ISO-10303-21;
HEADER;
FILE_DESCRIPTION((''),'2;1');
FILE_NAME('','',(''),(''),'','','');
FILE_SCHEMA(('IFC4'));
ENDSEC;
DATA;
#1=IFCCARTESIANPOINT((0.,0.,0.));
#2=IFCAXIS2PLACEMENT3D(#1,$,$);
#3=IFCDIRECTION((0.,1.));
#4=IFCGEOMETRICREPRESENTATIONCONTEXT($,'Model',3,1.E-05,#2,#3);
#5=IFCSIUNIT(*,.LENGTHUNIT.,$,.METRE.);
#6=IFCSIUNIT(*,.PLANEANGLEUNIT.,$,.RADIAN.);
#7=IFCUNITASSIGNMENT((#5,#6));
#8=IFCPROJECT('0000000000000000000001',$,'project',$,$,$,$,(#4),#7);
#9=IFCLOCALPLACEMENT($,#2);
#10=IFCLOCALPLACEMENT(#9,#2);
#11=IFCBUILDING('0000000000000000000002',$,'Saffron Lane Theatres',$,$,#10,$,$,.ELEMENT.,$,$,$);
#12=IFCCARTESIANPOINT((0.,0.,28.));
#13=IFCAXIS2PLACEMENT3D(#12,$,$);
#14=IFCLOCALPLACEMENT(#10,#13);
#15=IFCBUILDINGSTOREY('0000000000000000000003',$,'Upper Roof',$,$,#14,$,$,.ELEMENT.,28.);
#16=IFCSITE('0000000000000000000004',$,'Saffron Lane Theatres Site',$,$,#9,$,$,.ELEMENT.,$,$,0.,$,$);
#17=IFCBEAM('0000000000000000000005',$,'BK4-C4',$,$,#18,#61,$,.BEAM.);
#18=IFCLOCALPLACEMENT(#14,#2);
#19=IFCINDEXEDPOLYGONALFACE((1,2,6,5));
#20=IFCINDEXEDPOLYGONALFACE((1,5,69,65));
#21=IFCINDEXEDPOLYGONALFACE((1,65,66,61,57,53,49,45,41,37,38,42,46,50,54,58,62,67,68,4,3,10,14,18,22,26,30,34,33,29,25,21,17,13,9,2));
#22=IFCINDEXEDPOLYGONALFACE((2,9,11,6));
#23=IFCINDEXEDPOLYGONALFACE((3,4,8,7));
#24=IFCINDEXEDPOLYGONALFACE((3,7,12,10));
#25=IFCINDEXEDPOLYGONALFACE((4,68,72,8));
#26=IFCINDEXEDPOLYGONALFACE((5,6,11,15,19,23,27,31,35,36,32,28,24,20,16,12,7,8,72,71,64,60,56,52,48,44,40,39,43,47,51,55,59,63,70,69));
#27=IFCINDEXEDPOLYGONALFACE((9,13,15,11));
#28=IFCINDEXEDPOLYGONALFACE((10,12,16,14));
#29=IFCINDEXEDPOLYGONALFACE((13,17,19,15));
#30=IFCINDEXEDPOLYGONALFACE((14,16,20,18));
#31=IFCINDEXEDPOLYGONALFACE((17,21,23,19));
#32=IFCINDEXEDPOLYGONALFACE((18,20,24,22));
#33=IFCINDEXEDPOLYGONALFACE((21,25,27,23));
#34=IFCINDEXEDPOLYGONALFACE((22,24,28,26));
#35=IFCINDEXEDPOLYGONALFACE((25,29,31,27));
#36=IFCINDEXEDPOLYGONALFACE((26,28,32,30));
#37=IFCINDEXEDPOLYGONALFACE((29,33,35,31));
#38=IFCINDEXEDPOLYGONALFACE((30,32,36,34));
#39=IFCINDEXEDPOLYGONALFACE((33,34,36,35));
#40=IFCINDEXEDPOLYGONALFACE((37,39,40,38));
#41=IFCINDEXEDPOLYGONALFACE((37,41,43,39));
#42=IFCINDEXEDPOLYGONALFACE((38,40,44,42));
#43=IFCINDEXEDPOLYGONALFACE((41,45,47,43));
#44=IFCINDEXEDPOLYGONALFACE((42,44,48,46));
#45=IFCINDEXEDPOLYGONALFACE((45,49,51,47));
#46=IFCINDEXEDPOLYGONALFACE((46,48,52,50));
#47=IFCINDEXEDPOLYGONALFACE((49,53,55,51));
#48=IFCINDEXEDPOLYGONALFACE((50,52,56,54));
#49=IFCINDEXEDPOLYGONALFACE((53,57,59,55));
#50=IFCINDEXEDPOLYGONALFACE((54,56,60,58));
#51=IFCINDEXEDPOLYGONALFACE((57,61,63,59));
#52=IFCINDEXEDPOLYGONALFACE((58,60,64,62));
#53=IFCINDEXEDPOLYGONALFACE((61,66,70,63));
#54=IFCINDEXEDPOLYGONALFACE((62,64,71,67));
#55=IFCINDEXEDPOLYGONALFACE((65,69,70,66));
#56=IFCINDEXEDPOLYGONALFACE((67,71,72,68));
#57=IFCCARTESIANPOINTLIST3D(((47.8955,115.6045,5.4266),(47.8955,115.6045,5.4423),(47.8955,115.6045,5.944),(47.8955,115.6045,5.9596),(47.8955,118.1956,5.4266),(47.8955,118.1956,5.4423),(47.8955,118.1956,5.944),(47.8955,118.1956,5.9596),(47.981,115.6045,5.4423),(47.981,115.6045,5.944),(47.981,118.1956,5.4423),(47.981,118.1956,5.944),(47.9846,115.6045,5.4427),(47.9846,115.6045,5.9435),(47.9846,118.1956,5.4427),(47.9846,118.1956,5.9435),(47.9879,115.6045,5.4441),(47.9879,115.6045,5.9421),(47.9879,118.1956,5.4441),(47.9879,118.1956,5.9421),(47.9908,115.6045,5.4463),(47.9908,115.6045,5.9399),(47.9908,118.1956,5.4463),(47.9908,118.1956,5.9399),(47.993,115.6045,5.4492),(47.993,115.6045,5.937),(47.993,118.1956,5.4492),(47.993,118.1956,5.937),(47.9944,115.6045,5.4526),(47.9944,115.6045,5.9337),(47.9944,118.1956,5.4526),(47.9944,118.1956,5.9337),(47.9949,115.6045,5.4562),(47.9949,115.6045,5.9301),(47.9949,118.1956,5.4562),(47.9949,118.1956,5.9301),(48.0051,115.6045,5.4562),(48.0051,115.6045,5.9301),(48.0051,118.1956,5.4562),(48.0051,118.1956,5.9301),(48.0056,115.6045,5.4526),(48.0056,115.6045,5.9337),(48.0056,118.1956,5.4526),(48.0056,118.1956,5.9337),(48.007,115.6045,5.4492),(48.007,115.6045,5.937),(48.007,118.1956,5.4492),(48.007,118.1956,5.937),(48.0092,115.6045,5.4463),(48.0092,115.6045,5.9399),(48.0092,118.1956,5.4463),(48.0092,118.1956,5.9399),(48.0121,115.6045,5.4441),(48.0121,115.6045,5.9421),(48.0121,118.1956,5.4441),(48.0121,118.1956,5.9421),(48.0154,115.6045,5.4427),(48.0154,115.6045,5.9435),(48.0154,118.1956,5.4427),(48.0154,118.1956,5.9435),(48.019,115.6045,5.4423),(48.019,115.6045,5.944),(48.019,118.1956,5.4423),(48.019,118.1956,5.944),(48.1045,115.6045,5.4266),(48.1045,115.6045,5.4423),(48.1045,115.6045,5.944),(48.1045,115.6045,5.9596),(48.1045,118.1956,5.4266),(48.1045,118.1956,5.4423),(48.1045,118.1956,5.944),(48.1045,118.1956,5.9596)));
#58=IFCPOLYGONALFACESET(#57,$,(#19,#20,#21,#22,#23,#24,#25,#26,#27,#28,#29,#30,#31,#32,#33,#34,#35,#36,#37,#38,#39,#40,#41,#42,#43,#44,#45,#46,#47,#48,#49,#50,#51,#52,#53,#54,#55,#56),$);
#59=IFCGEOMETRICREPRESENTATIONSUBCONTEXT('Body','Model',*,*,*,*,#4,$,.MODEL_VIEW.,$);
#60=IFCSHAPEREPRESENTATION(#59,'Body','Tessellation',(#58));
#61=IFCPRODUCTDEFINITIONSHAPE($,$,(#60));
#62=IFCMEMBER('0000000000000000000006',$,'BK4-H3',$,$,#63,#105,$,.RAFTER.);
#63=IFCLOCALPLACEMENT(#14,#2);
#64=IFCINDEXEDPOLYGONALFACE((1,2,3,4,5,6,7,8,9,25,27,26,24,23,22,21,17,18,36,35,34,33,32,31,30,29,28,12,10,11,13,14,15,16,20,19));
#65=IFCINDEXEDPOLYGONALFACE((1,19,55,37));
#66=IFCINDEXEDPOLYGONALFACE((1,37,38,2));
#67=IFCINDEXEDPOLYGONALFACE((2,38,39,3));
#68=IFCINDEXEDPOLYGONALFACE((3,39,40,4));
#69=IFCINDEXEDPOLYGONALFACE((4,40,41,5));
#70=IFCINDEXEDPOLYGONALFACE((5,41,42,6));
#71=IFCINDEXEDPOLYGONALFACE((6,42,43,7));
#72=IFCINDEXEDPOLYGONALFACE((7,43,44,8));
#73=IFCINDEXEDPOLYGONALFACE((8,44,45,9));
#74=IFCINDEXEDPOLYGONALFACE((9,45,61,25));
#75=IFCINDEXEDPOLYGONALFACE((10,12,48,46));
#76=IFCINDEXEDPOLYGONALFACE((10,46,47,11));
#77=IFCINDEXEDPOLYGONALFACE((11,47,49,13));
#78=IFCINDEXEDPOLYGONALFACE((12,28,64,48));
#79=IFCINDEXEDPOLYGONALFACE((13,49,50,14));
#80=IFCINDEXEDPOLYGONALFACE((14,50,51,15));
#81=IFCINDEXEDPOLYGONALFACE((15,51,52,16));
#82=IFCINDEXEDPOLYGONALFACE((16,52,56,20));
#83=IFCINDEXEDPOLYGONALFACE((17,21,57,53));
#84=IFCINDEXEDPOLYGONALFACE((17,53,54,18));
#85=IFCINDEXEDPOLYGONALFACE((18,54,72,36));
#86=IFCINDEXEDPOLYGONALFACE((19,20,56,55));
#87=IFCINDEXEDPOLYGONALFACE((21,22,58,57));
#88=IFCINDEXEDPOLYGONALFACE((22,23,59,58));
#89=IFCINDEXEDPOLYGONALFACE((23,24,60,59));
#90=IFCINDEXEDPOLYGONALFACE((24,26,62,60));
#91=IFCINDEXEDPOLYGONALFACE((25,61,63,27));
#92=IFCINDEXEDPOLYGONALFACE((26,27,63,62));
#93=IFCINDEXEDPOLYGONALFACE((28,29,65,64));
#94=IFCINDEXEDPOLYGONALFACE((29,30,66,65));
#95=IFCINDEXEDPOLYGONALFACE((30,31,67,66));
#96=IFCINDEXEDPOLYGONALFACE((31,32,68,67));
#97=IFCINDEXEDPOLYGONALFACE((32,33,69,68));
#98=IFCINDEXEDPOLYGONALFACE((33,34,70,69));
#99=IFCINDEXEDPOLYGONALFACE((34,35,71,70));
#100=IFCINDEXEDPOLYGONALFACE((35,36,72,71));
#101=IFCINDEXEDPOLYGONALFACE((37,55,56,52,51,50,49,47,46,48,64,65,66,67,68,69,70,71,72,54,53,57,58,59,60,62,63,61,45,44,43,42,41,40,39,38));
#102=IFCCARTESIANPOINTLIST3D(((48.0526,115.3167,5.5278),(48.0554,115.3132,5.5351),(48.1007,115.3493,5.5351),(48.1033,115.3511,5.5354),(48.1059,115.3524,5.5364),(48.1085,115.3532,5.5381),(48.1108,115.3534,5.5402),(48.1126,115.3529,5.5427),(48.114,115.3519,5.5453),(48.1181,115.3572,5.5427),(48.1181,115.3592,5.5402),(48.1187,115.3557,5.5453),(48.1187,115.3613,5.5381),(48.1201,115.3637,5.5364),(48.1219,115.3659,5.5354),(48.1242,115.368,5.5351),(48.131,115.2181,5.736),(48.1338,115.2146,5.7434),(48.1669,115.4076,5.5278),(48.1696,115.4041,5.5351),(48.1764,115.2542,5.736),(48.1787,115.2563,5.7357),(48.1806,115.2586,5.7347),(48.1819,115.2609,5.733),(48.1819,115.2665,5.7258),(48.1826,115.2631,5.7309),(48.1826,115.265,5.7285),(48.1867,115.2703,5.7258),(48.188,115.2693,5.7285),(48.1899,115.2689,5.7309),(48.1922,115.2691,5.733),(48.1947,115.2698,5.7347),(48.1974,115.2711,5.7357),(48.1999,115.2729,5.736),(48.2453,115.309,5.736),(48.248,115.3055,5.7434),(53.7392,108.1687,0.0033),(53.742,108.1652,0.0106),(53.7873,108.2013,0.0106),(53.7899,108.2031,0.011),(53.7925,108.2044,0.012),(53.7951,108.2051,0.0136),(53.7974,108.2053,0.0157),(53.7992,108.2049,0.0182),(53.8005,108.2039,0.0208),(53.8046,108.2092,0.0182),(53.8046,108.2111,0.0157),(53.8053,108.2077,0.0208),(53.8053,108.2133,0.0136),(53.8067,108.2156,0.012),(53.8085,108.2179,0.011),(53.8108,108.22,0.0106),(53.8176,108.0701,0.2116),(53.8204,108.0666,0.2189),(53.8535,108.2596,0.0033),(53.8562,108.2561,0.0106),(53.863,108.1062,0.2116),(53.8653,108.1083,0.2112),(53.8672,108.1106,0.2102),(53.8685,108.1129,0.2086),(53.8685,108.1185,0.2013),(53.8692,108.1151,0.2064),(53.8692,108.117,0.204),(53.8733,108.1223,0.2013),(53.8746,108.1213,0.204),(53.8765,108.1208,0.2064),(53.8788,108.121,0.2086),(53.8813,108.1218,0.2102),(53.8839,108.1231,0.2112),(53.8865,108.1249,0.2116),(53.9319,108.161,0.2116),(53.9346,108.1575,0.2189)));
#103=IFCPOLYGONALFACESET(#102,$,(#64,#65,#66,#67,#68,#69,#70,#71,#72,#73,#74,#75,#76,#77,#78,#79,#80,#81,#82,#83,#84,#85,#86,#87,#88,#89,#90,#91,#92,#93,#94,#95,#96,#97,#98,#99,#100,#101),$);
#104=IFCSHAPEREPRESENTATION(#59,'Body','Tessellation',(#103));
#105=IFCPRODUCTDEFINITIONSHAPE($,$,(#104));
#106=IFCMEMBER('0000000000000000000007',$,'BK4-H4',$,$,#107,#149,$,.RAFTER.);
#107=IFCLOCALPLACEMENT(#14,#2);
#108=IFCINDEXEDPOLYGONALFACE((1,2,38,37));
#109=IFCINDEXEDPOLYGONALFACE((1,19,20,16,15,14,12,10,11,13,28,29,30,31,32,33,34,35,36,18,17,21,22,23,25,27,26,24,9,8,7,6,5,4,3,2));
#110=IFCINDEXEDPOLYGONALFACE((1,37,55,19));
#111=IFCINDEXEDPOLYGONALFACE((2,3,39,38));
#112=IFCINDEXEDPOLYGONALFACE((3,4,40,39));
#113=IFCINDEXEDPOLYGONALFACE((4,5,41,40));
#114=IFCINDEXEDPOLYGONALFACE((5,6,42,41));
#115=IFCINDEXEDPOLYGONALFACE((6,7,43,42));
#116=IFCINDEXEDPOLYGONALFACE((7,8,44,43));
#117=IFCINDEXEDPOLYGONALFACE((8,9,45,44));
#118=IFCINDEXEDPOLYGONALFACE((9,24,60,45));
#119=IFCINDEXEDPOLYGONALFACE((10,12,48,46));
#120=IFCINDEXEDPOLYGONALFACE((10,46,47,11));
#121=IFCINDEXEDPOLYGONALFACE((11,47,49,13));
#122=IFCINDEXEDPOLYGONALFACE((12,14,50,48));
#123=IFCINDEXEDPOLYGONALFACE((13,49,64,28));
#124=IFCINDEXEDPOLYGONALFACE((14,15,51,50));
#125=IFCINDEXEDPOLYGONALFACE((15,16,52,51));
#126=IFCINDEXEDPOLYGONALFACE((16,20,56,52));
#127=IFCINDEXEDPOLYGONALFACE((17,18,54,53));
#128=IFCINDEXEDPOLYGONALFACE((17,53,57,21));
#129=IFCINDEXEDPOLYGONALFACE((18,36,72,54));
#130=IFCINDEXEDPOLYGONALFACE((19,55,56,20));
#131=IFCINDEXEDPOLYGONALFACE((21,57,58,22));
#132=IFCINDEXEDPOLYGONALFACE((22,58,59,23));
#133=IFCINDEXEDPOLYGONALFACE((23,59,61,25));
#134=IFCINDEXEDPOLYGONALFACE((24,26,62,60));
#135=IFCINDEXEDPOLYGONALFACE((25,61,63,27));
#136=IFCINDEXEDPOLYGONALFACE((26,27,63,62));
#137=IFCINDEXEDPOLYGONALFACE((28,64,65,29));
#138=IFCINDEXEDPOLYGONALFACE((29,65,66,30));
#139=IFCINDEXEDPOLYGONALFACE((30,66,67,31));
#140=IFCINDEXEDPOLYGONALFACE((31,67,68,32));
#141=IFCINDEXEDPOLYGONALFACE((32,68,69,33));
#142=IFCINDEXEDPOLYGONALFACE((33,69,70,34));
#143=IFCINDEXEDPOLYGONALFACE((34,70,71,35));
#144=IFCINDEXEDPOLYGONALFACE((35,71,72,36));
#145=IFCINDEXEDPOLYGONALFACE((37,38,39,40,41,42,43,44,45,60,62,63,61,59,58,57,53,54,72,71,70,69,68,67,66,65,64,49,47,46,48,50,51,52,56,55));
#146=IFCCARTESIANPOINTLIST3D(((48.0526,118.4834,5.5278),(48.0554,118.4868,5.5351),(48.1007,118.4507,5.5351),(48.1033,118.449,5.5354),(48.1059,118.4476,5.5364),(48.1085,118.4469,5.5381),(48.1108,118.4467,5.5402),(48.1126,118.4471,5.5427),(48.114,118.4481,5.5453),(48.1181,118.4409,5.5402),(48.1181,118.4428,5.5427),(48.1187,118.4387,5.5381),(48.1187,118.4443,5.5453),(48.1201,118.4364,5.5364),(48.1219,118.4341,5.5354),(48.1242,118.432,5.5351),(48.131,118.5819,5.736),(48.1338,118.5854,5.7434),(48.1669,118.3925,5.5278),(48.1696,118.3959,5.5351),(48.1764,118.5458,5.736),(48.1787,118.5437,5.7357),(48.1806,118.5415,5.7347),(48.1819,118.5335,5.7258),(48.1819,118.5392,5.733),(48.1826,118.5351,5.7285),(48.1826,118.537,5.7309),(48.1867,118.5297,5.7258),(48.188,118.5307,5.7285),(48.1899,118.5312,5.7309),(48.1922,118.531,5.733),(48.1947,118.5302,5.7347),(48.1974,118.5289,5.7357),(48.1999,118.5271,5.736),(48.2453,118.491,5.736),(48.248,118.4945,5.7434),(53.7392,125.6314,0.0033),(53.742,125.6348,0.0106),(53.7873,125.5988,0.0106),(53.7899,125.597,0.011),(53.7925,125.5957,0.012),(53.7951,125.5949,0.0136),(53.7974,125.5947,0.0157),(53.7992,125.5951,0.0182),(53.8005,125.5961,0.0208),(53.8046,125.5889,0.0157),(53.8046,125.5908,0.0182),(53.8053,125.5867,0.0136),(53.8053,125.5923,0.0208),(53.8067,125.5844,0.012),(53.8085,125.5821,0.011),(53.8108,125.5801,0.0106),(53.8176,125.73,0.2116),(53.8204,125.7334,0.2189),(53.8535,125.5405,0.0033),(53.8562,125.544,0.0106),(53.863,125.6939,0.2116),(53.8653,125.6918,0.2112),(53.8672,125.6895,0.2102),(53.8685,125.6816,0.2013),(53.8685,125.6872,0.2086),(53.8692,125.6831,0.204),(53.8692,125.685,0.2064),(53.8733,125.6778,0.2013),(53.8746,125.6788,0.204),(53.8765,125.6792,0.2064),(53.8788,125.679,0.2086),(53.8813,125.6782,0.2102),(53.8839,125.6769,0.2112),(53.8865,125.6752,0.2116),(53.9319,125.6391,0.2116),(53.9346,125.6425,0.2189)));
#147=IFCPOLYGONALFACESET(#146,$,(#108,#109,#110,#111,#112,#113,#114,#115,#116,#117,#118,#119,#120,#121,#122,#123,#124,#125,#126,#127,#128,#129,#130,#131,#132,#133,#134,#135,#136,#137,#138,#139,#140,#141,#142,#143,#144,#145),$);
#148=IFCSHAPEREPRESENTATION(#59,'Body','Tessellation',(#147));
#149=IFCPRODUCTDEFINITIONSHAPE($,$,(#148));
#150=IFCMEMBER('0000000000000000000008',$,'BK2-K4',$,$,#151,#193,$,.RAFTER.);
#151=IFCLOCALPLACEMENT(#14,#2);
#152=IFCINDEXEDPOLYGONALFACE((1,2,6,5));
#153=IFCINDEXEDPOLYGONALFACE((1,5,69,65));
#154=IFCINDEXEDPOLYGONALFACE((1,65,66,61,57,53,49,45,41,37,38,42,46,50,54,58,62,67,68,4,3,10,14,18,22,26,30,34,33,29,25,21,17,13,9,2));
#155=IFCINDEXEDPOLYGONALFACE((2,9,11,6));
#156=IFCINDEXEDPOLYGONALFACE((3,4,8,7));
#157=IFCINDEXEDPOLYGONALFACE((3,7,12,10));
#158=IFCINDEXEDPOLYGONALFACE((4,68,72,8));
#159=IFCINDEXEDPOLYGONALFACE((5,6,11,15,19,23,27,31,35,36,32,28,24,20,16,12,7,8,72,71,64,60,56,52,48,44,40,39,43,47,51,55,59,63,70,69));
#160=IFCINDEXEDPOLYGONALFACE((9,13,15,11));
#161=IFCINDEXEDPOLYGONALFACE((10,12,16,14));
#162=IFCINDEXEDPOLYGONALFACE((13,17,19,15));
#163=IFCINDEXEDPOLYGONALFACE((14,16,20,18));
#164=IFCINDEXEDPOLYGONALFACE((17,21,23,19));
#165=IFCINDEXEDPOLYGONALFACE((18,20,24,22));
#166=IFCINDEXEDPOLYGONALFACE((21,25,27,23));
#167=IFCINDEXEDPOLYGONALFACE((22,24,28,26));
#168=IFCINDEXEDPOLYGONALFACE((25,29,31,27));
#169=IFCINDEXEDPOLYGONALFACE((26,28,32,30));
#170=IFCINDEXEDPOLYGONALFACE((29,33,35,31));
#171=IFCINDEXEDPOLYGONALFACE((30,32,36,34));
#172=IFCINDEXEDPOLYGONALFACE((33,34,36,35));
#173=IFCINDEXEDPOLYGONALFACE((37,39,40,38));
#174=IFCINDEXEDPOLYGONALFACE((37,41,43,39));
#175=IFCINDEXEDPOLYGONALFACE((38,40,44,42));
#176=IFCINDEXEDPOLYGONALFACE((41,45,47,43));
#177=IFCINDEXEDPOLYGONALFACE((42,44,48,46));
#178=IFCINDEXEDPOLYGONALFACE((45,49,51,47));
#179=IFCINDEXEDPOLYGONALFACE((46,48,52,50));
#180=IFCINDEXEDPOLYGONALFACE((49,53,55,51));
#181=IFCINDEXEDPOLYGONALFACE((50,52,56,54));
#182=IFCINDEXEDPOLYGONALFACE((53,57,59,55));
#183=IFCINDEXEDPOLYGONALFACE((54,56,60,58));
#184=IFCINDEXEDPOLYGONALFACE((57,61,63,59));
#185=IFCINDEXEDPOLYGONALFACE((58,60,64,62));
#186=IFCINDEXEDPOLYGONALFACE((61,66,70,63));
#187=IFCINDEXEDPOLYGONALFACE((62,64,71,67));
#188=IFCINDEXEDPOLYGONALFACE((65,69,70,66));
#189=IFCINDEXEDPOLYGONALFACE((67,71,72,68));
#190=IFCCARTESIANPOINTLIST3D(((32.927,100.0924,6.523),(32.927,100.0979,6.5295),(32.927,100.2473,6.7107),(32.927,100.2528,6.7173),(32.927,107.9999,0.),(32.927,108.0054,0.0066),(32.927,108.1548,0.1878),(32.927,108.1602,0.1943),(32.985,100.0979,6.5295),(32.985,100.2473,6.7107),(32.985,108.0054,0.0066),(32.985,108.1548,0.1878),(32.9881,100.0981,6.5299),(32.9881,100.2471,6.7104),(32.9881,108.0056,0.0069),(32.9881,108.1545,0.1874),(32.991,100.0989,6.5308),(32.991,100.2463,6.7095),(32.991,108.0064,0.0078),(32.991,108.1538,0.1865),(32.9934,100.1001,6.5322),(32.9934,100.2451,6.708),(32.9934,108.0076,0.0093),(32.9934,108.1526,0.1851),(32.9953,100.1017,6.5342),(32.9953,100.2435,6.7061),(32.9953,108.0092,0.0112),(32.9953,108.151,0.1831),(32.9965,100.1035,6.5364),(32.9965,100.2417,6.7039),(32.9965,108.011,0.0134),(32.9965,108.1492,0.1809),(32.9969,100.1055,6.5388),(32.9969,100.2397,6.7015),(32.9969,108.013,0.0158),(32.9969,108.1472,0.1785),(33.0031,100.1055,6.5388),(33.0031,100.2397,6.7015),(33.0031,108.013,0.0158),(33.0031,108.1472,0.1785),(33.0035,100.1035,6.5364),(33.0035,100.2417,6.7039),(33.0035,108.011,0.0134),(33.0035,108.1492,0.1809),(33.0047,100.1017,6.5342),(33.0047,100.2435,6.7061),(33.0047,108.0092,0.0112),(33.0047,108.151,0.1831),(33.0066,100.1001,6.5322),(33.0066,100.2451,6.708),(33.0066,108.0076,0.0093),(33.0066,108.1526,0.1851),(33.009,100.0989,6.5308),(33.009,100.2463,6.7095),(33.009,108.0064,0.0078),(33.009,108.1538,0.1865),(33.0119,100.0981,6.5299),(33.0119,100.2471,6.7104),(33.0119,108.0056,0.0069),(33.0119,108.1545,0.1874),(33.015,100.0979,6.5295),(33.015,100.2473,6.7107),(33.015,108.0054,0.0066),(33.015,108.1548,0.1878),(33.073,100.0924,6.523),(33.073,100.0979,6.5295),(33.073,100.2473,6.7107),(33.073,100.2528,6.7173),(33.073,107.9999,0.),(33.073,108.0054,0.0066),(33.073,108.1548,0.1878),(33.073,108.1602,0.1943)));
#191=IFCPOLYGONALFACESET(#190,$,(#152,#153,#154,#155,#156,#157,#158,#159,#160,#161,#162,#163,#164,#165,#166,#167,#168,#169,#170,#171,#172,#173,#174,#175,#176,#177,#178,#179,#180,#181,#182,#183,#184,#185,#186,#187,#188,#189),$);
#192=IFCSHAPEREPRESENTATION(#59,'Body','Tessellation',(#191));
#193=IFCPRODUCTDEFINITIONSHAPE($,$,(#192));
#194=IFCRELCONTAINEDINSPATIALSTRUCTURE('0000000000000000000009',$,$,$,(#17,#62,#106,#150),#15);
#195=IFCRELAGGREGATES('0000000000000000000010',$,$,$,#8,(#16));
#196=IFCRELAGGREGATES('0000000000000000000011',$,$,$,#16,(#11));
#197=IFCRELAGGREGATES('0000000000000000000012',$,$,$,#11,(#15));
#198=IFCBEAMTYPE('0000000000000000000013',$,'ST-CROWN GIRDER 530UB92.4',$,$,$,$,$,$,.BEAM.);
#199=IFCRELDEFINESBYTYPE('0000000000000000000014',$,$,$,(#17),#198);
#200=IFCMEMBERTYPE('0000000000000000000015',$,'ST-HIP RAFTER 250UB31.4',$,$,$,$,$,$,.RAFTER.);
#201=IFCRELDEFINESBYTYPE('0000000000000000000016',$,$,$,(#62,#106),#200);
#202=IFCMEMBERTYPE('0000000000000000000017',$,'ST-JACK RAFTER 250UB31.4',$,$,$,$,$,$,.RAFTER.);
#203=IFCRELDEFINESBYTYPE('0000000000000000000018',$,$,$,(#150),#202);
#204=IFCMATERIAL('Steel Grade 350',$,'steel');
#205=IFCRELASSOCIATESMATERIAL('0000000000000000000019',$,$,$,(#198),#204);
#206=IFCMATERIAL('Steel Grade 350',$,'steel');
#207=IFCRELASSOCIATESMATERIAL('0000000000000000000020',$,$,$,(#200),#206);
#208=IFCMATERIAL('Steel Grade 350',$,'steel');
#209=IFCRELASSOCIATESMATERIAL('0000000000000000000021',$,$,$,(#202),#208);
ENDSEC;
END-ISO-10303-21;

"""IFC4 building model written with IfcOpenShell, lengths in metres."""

from ifc_helpers import new_model, si_unit, direction, frame, origin, origin_2d, place, context, subcontext, project, spatial, i_section, extrude, material, material_profile, profile_set, type_object, element, save


model = new_model("IFC4")

# Units and contexts
model_context = context("Model", 3, precision=1e-05, world=origin(), true_north=direction((0.0, 1.0)))
body_context = subcontext(model_context, "Body", "Model", "MODEL_VIEW")
ifc_project = project(units=[si_unit("LENGTHUNIT", "METRE"), si_unit("PLANEANGLEUNIT", "RADIAN")], contexts=[model_context])

# Site, building, storey
site_placement = place(None, origin())
site = spatial("IfcSite", under=ifc_project, at=site_placement, Name="Saffron Lane Theatres Site", CompositionType="ELEMENT", RefElevation=0.0)
building_placement = place(site_placement, origin())
building = spatial("IfcBuilding", under=site, at=building_placement, Name="Saffron Lane Theatres", CompositionType="ELEMENT")
storey_placement = place(building_placement, frame((0.0, 0.0, 28.0)))
storey = spatial("IfcBuildingStorey", under=building, at=storey_placement, Name="Upper Roof", CompositionType="ELEMENT", Elevation=28.0)

# Beam
ifc_material_1 = material(Name="Steel Grade 350", Category="steel")
ifc_material_profile_1 = material_profile(ifc_material_1, i_section(OverallWidth=0.209, OverallDepth=0.533, WebThickness=0.0103, FlangeThickness=0.0156, FilletRadius=0.0139, at=origin_2d()))
ifc_profile_set_1 = profile_set([ifc_material_profile_1], Name="Steel Grade 350")
beam_type = type_object("IfcBeamType", Name="ST-CROWN GIRDER 530UB92.4", PredefinedType="BEAM", material=ifc_profile_set_1)
beam_placement = place(storey_placement, frame((48.0, 115.6045, 5.6931), z_axis=(0.0, 1.0, 0.0), x_axis=(-1.0, 0.0, 0.0)))
element("IfcBeam", 1, at=beam_placement, inside=storey, type_object=beam_type, Name="BK4-C4", PredefinedType="BEAM", context=body_context, shape_type="SweptSolid", body=[
    extrude(i_section(OverallWidth=0.209, OverallDepth=0.533, WebThickness=0.0103, FlangeThickness=0.0156, FilletRadius=0.0139, at=origin_2d()), origin(), (0.0, 0.0, 1.0), 2.5911),
])

# Members
ifc_material_2 = material(Name="Steel Grade 350", Category="steel")
ifc_material_profile_2 = material_profile(ifc_material_2, i_section(OverallWidth=0.146, OverallDepth=0.252, WebThickness=0.0061, FlangeThickness=0.0085, FilletRadius=0.012, at=origin_2d()))
ifc_profile_set_2 = profile_set([ifc_material_profile_2], Name="Steel Grade 350")
member_type_1 = type_object("IfcMemberType", Name="ST-HIP RAFTER 250UB31.4", PredefinedType="RAFTER", material=ifc_profile_set_2)
for number, where, z_axis, x_axis, name in (
    (2, (53.8369, 108.1631, 0.1111), (-0.532711, 0.669617, 0.517525), (-0.782566, -0.622567, 0.0), "BK4-H3"),
    (3, (53.8369, 125.637, 0.1111), (-0.532711, -0.669617, 0.517525), (0.782566, -0.622567, 0.0), "BK4-H4"),
):
    element("IfcMember", number, at=place(storey_placement, frame(where, z_axis=z_axis, x_axis=x_axis)), inside=storey, type_object=member_type_1, Name=name, PredefinedType="RAFTER", context=body_context, shape_type="SweptSolid", body=[
        extrude(i_section(OverallWidth=0.146, OverallDepth=0.252, WebThickness=0.0061, FlangeThickness=0.0085, FilletRadius=0.012, at=origin_2d()), origin(), (0.0, 0.0, 1.0), 10.6748),
    ])
ifc_material_3 = material(Name="Steel Grade 350", Category="steel")
ifc_material_profile_3 = material_profile(ifc_material_3, i_section(OverallWidth=0.146, OverallDepth=0.252, WebThickness=0.0061, FlangeThickness=0.0085, FilletRadius=0.012, at=origin_2d()))
ifc_profile_set_3 = profile_set([ifc_material_profile_3], Name="Steel Grade 350")
member_type_2 = type_object("IfcMemberType", Name="ST-JACK RAFTER 250UB31.4", PredefinedType="RAFTER", material=ifc_profile_set_3)
member_1_placement = place(storey_placement, frame((33.0, 108.0801, 0.0972), z_axis=(0.0, -0.771407, 0.636342), x_axis=(1.0, 0.0, 0.0)))
element("IfcMember", 4, at=member_1_placement, inside=storey, type_object=member_type_2, Name="BK2-K4", PredefinedType="RAFTER", context=body_context, shape_type="SweptSolid", body=[
    extrude(i_section(OverallWidth=0.146, OverallDepth=0.252, WebThickness=0.0061, FlangeThickness=0.0085, FilletRadius=0.012, at=origin_2d()), origin(), (0.0, 0.0, 1.0), 10.2507),
])

save(model, "model.ifc")
